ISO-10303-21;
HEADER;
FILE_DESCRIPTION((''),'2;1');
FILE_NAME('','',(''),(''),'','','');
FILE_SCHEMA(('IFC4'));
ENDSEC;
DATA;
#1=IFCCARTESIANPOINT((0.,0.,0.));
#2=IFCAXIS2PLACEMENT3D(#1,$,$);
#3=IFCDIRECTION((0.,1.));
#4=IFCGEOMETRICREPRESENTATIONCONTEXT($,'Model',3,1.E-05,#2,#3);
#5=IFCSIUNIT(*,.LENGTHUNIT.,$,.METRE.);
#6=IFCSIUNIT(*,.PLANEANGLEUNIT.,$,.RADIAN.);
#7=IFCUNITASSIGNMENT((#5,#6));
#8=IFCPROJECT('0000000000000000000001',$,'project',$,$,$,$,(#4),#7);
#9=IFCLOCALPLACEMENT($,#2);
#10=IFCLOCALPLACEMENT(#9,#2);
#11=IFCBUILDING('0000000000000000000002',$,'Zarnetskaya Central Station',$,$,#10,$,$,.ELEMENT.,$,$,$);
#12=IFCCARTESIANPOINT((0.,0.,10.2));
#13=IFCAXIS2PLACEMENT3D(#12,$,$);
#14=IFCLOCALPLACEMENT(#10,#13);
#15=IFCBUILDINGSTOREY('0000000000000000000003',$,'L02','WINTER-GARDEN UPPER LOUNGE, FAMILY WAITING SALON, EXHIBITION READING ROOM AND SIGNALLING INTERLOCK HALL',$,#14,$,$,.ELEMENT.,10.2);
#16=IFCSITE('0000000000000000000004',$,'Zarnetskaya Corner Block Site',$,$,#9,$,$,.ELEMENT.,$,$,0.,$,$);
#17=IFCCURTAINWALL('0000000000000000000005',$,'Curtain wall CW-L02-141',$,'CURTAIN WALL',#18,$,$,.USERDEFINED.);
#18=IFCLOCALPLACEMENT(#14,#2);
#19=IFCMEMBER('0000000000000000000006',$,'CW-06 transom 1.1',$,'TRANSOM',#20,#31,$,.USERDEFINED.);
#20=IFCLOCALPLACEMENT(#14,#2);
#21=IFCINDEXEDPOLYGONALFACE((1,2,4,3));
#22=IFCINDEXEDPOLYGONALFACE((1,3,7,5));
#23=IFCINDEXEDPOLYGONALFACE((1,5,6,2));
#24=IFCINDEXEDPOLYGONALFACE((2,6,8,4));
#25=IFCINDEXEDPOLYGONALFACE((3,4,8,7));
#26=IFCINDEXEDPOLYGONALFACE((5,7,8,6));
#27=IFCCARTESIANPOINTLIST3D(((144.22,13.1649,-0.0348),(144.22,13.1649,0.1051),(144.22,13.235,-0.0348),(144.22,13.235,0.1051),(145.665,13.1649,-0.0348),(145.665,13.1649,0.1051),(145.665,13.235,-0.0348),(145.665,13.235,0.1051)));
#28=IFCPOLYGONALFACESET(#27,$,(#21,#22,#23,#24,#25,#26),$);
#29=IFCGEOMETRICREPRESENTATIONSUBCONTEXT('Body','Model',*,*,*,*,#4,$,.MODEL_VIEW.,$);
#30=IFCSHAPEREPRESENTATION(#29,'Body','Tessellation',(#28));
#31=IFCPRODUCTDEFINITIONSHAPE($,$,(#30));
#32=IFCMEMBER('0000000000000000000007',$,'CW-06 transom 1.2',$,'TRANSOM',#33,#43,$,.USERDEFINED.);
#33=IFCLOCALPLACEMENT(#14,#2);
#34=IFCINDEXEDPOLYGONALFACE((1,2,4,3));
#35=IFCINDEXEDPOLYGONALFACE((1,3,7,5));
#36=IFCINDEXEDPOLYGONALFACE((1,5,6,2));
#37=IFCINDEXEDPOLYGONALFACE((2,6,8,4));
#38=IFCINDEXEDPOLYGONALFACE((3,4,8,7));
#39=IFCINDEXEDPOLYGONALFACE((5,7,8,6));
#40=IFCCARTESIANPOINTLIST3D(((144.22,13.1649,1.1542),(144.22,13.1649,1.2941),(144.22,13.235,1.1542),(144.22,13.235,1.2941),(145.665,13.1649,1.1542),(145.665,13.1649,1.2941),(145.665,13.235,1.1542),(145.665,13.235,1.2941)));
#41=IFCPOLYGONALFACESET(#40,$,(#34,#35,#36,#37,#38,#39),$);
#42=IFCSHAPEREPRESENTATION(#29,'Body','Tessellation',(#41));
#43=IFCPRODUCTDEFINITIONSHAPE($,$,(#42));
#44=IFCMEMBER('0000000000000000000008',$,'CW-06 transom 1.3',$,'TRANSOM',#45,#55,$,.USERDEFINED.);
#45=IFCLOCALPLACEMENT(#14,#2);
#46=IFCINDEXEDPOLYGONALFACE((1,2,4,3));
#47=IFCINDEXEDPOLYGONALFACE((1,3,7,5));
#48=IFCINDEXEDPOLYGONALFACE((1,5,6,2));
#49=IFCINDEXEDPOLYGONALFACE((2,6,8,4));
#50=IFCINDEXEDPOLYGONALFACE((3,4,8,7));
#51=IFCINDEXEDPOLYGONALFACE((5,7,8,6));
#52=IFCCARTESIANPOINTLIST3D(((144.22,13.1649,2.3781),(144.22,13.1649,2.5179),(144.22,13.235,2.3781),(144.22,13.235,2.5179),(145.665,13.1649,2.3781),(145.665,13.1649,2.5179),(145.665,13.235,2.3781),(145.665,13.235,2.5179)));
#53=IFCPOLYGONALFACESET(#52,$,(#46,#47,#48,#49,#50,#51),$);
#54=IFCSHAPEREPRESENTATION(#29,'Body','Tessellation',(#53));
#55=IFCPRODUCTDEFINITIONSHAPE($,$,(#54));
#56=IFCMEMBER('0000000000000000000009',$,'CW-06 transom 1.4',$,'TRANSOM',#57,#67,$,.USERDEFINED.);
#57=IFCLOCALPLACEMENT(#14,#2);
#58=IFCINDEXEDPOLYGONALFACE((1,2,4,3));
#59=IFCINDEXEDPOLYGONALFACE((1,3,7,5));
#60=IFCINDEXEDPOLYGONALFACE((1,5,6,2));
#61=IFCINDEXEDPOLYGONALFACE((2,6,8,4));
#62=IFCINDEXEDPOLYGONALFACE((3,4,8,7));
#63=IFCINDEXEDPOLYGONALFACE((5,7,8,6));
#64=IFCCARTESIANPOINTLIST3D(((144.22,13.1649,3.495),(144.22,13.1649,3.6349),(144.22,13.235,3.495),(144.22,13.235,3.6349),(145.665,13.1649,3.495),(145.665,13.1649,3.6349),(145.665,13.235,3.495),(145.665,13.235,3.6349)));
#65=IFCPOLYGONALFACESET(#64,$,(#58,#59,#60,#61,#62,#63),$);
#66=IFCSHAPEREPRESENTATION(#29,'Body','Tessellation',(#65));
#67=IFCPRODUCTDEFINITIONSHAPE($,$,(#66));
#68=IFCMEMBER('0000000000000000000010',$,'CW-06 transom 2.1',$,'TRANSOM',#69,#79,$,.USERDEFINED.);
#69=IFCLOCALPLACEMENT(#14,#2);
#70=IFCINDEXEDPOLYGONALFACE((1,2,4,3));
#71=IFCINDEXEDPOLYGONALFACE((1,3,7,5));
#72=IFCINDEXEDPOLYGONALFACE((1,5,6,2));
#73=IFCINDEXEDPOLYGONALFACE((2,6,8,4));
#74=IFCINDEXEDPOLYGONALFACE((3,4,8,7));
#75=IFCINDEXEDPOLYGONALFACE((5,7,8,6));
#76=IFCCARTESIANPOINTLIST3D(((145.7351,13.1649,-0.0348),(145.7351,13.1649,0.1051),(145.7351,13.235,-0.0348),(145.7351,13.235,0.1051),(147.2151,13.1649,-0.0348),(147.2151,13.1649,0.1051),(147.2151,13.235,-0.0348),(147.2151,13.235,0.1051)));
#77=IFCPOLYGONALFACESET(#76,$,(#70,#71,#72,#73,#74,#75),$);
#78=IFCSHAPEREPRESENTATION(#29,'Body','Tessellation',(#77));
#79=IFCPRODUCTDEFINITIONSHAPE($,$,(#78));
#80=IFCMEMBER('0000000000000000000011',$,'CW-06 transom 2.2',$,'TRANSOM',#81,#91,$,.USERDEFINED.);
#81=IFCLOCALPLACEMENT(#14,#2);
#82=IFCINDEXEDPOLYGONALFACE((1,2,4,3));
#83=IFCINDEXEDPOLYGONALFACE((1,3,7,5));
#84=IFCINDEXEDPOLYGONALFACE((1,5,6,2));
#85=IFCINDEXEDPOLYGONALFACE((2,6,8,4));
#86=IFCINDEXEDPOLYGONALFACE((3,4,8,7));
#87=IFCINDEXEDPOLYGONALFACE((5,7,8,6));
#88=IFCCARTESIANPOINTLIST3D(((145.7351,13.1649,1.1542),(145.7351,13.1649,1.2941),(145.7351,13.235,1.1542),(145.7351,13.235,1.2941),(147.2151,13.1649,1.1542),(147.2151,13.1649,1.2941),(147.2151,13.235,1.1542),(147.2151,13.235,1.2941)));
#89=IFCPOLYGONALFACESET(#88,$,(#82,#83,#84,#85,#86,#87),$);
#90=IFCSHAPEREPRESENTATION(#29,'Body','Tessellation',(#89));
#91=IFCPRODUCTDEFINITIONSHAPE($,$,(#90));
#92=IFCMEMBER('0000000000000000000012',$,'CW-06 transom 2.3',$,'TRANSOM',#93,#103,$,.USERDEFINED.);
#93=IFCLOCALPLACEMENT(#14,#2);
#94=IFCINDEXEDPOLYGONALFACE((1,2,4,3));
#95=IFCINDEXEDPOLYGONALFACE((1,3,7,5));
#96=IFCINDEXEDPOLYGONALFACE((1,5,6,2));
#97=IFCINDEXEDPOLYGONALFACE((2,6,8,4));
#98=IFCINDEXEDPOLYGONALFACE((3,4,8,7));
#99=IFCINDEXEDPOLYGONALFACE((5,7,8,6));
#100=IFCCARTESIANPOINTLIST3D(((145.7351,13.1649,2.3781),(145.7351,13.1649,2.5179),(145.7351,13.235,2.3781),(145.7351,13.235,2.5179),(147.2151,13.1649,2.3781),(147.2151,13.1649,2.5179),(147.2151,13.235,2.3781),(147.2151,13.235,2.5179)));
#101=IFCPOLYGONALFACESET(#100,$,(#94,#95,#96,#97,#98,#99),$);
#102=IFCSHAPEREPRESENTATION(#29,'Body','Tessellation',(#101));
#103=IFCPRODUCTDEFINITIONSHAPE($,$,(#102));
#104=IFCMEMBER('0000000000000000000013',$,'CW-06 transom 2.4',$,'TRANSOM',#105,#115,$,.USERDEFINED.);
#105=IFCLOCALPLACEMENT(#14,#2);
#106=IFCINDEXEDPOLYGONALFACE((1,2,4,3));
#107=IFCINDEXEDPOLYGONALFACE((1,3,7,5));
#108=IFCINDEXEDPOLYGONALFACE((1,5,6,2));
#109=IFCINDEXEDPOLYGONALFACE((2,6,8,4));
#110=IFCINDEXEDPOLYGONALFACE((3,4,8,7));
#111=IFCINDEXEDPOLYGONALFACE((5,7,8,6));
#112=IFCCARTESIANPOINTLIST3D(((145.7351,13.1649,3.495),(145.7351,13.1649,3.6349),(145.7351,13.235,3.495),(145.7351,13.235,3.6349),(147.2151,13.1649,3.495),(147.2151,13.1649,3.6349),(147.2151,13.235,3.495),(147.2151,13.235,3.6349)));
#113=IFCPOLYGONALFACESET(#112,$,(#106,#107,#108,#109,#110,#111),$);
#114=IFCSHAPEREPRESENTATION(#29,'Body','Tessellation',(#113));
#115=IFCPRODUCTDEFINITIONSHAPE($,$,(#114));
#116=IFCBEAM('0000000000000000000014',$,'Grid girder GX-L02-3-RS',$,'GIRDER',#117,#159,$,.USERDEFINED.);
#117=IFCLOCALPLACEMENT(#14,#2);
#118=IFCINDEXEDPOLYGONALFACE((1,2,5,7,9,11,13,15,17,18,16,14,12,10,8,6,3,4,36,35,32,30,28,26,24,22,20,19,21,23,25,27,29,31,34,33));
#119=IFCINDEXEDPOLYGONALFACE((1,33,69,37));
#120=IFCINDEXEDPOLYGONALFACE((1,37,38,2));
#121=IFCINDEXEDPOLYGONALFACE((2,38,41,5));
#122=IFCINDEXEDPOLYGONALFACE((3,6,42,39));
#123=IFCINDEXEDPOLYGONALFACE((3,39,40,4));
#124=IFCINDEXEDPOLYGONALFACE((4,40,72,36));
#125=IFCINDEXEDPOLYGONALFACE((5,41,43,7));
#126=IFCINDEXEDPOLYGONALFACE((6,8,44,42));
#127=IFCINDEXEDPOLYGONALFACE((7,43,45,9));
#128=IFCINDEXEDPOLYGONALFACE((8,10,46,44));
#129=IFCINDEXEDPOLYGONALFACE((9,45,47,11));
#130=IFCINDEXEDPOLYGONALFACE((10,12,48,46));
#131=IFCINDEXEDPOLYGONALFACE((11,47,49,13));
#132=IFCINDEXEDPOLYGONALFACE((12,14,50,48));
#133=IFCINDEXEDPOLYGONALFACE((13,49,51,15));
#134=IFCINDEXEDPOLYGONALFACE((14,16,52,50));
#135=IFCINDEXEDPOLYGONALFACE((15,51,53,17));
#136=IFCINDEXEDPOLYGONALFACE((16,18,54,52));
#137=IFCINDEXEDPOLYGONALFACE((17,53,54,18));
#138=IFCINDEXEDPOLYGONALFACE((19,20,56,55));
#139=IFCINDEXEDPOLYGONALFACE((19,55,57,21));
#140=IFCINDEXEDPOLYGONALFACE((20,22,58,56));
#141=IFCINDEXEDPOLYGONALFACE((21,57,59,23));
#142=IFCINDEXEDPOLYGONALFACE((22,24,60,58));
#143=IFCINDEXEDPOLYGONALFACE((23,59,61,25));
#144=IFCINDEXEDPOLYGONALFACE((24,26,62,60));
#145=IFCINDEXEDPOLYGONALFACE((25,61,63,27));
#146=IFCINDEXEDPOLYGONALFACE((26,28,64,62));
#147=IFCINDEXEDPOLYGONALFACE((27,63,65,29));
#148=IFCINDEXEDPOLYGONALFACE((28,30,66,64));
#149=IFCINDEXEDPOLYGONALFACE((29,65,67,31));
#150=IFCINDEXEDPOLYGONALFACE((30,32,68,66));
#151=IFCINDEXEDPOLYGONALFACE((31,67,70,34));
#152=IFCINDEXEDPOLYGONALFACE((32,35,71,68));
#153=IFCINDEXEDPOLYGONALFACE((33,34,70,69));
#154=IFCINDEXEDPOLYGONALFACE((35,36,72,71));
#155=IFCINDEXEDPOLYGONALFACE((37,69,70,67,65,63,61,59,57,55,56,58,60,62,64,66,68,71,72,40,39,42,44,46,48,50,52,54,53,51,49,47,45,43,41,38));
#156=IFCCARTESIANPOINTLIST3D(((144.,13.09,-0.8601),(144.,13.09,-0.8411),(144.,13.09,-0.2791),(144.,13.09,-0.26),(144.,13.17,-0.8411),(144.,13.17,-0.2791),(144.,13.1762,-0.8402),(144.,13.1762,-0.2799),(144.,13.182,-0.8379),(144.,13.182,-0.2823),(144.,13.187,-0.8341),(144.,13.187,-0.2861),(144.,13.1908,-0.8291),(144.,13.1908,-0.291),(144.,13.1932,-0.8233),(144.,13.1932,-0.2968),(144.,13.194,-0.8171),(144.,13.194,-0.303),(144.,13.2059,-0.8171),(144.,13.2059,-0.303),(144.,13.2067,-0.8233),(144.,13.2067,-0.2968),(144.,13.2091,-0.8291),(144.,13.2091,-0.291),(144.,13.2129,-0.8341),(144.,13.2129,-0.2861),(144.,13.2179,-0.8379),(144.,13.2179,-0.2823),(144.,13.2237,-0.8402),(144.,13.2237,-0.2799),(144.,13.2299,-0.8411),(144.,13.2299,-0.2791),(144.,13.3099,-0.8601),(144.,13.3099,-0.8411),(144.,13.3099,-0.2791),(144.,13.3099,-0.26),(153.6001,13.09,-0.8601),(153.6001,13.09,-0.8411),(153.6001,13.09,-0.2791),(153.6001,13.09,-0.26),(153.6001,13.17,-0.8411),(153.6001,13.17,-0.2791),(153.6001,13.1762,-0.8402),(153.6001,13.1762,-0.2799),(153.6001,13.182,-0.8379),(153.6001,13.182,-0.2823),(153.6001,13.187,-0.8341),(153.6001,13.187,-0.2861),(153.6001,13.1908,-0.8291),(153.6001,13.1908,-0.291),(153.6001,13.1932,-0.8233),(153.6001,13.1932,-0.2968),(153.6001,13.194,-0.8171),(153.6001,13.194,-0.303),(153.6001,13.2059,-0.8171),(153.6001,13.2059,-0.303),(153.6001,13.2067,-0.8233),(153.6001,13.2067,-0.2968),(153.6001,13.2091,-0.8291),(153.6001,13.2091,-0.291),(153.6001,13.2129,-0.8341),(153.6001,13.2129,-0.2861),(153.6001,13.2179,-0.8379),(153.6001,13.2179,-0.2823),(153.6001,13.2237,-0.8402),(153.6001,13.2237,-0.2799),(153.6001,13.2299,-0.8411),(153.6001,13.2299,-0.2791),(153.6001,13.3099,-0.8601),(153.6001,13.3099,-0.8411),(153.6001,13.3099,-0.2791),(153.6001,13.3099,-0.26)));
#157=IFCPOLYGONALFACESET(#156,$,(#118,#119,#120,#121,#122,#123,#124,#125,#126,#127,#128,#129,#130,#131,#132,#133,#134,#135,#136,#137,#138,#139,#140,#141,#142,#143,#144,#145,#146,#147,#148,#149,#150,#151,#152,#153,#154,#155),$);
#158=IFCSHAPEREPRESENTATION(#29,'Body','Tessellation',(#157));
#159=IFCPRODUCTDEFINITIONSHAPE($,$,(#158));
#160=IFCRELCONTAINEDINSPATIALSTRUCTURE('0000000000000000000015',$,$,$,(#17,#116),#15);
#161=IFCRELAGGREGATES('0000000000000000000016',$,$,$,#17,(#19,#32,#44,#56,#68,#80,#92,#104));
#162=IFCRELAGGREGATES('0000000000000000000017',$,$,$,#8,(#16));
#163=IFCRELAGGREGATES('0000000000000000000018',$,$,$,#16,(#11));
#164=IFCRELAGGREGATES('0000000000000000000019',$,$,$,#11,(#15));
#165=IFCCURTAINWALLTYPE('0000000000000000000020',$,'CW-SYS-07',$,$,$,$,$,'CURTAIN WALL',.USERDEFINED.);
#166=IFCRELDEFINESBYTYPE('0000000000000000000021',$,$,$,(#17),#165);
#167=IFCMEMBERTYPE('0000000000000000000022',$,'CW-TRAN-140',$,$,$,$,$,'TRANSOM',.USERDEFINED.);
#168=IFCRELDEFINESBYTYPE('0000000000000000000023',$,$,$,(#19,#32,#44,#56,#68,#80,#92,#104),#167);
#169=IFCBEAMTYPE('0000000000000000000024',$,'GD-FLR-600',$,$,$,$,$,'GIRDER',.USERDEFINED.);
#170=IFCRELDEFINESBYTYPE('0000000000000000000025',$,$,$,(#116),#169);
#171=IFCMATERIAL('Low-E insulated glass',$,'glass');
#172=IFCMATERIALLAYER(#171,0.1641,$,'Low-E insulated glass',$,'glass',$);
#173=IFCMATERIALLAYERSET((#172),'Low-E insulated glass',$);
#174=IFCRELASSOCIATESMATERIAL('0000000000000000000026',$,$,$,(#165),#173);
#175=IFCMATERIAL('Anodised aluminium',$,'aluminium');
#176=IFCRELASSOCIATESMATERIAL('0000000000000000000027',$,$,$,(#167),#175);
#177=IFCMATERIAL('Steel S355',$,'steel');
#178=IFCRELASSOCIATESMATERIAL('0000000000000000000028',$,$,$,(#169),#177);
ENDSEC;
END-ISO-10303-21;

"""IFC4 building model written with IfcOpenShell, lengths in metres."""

from ifc_helpers import new_model, si_unit, direction, frame, origin, origin_2d, place, context, subcontext, project, spatial, rectangle, i_section, extrude, material, layer, layer_set, material_profile, profile_set, type_object, element, aggregate, save


model = new_model("IFC4")

# Units and contexts
model_context = context("Model", 3, precision=1e-05, world=origin(), true_north=direction((0.0, 1.0)))
body_context = subcontext(model_context, "Body", "Model", "MODEL_VIEW")
ifc_project = project(units=[si_unit("LENGTHUNIT", "METRE"), si_unit("PLANEANGLEUNIT", "RADIAN")], contexts=[model_context])

# Site, building, storey
site_placement = place(None, origin())
site = spatial("IfcSite", under=ifc_project, at=site_placement, Name="Zarnetskaya Corner Block Site", CompositionType="ELEMENT", RefElevation=0.0)
building_placement = place(site_placement, origin())
building = spatial("IfcBuilding", under=site, at=building_placement, Name="Zarnetskaya Central Station", CompositionType="ELEMENT")
storey_placement = place(building_placement, frame((0.0, 0.0, 10.2)))
storey = spatial("IfcBuildingStorey", under=building, at=storey_placement, Name="L02", Description="WINTER-GARDEN UPPER LOUNGE, FAMILY WAITING SALON, EXHIBITION READING ROOM AND SIGNALLING INTERLOCK HALL", CompositionType="ELEMENT", Elevation=10.2)

# Shared definitions
ifc_material_1 = material(Name="Steel S355", Category="steel")

# Curtain wall
ifc_material_2 = material(Name="Low-E insulated glass", Category="glass")
ifc_layer_1 = layer(ifc_material_2, 0.1641, Name="Low-E insulated glass", Category="glass")
ifc_layer_set_1 = layer_set([ifc_layer_1], Name="Low-E insulated glass")
curtain_wall_type = type_object("IfcCurtainWallType", Name="CW-SYS-07", ElementType="CURTAIN WALL", PredefinedType="USERDEFINED", material=ifc_layer_set_1)
curtain_wall_1_placement = place(storey_placement, origin())
curtain_wall_1 = element("IfcCurtainWall", 1, at=curtain_wall_1_placement, inside=storey, type_object=curtain_wall_type, Name="Curtain wall CW-L02-141", ObjectType="CURTAIN WALL", PredefinedType="USERDEFINED")
ifc_material_3 = material(Name="Anodised aluminium", Category="aluminium")

# Members
ifc_material_profile_1 = material_profile(ifc_material_3, rectangle(XDim=0.0701, YDim=0.1399, at=origin_2d()), Name="ALU TRAN 70x140")
ifc_profile_set_1 = profile_set([ifc_material_profile_1], Name="Anodised aluminium")
member_type_1 = type_object("IfcMemberType", Name="CW-TRAN-140", ElementType="TRANSOM", PredefinedType="USERDEFINED", material=ifc_profile_set_1)
member_1_placement = place(storey_placement, frame((144.22, 13.2, 0.0352), z_axis=(1.0, 0.0, 0.0), x_axis=(0.0, 1.0, 0.0)))
member_1 = element("IfcMember", 2, at=member_1_placement, type_object=member_type_1, Name="CW-06 transom 1.1", ObjectType="TRANSOM", PredefinedType="USERDEFINED", context=body_context, shape_type="SweptSolid", body=[
    extrude(rectangle(XDim=0.0701, YDim=0.1399, at=origin_2d()), origin(), (0.0, 0.0, 1.0), 1.4451),
])
member_2_placement = place(storey_placement, frame((144.22, 13.2, 1.2241), z_axis=(1.0, 0.0, 0.0), x_axis=(0.0, 1.0, 0.0)))
member_2 = element("IfcMember", 3, at=member_2_placement, type_object=member_type_1, Name="CW-06 transom 1.2", ObjectType="TRANSOM", PredefinedType="USERDEFINED", context=body_context, shape_type="SweptSolid", body=[
    extrude(rectangle(XDim=0.0701, YDim=0.1399, at=origin_2d()), origin(), (0.0, 0.0, 1.0), 1.4451),
])
member_3_placement = place(storey_placement, frame((144.22, 13.2, 2.448), z_axis=(1.0, 0.0, 0.0), x_axis=(0.0, 1.0, 0.0)))
member_3 = element("IfcMember", 4, at=member_3_placement, type_object=member_type_1, Name="CW-06 transom 1.3", ObjectType="TRANSOM", PredefinedType="USERDEFINED", context=body_context, shape_type="SweptSolid", body=[
    extrude(rectangle(XDim=0.0701, YDim=0.1399, at=origin_2d()), origin(), (0.0, 0.0, 1.0), 1.4451),
])
member_4_placement = place(storey_placement, frame((144.22, 13.2, 3.5649), z_axis=(1.0, 0.0, 0.0), x_axis=(0.0, 1.0, 0.0)))
member_4 = element("IfcMember", 5, at=member_4_placement, type_object=member_type_1, Name="CW-06 transom 1.4", ObjectType="TRANSOM", PredefinedType="USERDEFINED", context=body_context, shape_type="SweptSolid", body=[
    extrude(rectangle(XDim=0.0701, YDim=0.1399, at=origin_2d()), origin(), (0.0, 0.0, 1.0), 1.4451),
])
member_5_placement = place(storey_placement, frame((145.7351, 13.2, 0.0352), z_axis=(1.0, 0.0, 0.0), x_axis=(0.0, 1.0, 0.0)))
member_5 = element("IfcMember", 6, at=member_5_placement, type_object=member_type_1, Name="CW-06 transom 2.1", ObjectType="TRANSOM", PredefinedType="USERDEFINED", context=body_context, shape_type="SweptSolid", body=[
    extrude(rectangle(XDim=0.0701, YDim=0.1399, at=origin_2d()), origin(), (0.0, 0.0, 1.0), 1.48),
])
member_6_placement = place(storey_placement, frame((145.7351, 13.2, 1.2241), z_axis=(1.0, 0.0, 0.0), x_axis=(0.0, 1.0, 0.0)))
member_6 = element("IfcMember", 7, at=member_6_placement, type_object=member_type_1, Name="CW-06 transom 2.2", ObjectType="TRANSOM", PredefinedType="USERDEFINED", context=body_context, shape_type="SweptSolid", body=[
    extrude(rectangle(XDim=0.0701, YDim=0.1399, at=origin_2d()), origin(), (0.0, 0.0, 1.0), 1.48),
])
member_7_placement = place(storey_placement, frame((145.7351, 13.2, 2.448), z_axis=(1.0, 0.0, 0.0), x_axis=(0.0, 1.0, 0.0)))
member_7 = element("IfcMember", 8, at=member_7_placement, type_object=member_type_1, Name="CW-06 transom 2.3", ObjectType="TRANSOM", PredefinedType="USERDEFINED", context=body_context, shape_type="SweptSolid", body=[
    extrude(rectangle(XDim=0.0701, YDim=0.1399, at=origin_2d()), origin(), (0.0, 0.0, 1.0), 1.48),
])
member_8_placement = place(storey_placement, frame((145.7351, 13.2, 3.5649), z_axis=(1.0, 0.0, 0.0), x_axis=(0.0, 1.0, 0.0)))
member_8 = element("IfcMember", 9, at=member_8_placement, type_object=member_type_1, Name="CW-06 transom 2.4", ObjectType="TRANSOM", PredefinedType="USERDEFINED", context=body_context, shape_type="SweptSolid", body=[
    extrude(rectangle(XDim=0.0701, YDim=0.1399, at=origin_2d()), origin(), (0.0, 0.0, 1.0), 1.48),
])

# Beam
ifc_material_profile_2 = material_profile(ifc_material_1, i_section(OverallWidth=0.22, OverallDepth=0.6001, WebThickness=0.012, FlangeThickness=0.019, FilletRadius=0.0239, at=origin_2d()), Name="IPE 600")
ifc_profile_set_2 = profile_set([ifc_material_profile_2], Name="Steel S355")
beam_type_1 = type_object("IfcBeamType", Name="GD-FLR-600", ElementType="GIRDER", PredefinedType="USERDEFINED", material=ifc_profile_set_2)
beam_1_placement = place(storey_placement, frame((144.0, 13.2, -0.5601), z_axis=(1.0, 0.0, 0.0), x_axis=(0.0, 1.0, 0.0)))
element("IfcBeam", 10, at=beam_1_placement, inside=storey, type_object=beam_type_1, Name="Grid girder GX-L02-3-RS", ObjectType="GIRDER", PredefinedType="USERDEFINED", context=body_context, shape_type="SweptSolid", body=[
    extrude(i_section(OverallWidth=0.22, OverallDepth=0.6001, WebThickness=0.012, FlangeThickness=0.019, FilletRadius=0.0239, at=origin_2d()), origin(), (0.0, 0.0, 1.0), 9.6001),
])

aggregate(curtain_wall_1, [member_1, member_2, member_3, member_4, member_5, member_6, member_7, member_8])

save(model, "model.ifc")
